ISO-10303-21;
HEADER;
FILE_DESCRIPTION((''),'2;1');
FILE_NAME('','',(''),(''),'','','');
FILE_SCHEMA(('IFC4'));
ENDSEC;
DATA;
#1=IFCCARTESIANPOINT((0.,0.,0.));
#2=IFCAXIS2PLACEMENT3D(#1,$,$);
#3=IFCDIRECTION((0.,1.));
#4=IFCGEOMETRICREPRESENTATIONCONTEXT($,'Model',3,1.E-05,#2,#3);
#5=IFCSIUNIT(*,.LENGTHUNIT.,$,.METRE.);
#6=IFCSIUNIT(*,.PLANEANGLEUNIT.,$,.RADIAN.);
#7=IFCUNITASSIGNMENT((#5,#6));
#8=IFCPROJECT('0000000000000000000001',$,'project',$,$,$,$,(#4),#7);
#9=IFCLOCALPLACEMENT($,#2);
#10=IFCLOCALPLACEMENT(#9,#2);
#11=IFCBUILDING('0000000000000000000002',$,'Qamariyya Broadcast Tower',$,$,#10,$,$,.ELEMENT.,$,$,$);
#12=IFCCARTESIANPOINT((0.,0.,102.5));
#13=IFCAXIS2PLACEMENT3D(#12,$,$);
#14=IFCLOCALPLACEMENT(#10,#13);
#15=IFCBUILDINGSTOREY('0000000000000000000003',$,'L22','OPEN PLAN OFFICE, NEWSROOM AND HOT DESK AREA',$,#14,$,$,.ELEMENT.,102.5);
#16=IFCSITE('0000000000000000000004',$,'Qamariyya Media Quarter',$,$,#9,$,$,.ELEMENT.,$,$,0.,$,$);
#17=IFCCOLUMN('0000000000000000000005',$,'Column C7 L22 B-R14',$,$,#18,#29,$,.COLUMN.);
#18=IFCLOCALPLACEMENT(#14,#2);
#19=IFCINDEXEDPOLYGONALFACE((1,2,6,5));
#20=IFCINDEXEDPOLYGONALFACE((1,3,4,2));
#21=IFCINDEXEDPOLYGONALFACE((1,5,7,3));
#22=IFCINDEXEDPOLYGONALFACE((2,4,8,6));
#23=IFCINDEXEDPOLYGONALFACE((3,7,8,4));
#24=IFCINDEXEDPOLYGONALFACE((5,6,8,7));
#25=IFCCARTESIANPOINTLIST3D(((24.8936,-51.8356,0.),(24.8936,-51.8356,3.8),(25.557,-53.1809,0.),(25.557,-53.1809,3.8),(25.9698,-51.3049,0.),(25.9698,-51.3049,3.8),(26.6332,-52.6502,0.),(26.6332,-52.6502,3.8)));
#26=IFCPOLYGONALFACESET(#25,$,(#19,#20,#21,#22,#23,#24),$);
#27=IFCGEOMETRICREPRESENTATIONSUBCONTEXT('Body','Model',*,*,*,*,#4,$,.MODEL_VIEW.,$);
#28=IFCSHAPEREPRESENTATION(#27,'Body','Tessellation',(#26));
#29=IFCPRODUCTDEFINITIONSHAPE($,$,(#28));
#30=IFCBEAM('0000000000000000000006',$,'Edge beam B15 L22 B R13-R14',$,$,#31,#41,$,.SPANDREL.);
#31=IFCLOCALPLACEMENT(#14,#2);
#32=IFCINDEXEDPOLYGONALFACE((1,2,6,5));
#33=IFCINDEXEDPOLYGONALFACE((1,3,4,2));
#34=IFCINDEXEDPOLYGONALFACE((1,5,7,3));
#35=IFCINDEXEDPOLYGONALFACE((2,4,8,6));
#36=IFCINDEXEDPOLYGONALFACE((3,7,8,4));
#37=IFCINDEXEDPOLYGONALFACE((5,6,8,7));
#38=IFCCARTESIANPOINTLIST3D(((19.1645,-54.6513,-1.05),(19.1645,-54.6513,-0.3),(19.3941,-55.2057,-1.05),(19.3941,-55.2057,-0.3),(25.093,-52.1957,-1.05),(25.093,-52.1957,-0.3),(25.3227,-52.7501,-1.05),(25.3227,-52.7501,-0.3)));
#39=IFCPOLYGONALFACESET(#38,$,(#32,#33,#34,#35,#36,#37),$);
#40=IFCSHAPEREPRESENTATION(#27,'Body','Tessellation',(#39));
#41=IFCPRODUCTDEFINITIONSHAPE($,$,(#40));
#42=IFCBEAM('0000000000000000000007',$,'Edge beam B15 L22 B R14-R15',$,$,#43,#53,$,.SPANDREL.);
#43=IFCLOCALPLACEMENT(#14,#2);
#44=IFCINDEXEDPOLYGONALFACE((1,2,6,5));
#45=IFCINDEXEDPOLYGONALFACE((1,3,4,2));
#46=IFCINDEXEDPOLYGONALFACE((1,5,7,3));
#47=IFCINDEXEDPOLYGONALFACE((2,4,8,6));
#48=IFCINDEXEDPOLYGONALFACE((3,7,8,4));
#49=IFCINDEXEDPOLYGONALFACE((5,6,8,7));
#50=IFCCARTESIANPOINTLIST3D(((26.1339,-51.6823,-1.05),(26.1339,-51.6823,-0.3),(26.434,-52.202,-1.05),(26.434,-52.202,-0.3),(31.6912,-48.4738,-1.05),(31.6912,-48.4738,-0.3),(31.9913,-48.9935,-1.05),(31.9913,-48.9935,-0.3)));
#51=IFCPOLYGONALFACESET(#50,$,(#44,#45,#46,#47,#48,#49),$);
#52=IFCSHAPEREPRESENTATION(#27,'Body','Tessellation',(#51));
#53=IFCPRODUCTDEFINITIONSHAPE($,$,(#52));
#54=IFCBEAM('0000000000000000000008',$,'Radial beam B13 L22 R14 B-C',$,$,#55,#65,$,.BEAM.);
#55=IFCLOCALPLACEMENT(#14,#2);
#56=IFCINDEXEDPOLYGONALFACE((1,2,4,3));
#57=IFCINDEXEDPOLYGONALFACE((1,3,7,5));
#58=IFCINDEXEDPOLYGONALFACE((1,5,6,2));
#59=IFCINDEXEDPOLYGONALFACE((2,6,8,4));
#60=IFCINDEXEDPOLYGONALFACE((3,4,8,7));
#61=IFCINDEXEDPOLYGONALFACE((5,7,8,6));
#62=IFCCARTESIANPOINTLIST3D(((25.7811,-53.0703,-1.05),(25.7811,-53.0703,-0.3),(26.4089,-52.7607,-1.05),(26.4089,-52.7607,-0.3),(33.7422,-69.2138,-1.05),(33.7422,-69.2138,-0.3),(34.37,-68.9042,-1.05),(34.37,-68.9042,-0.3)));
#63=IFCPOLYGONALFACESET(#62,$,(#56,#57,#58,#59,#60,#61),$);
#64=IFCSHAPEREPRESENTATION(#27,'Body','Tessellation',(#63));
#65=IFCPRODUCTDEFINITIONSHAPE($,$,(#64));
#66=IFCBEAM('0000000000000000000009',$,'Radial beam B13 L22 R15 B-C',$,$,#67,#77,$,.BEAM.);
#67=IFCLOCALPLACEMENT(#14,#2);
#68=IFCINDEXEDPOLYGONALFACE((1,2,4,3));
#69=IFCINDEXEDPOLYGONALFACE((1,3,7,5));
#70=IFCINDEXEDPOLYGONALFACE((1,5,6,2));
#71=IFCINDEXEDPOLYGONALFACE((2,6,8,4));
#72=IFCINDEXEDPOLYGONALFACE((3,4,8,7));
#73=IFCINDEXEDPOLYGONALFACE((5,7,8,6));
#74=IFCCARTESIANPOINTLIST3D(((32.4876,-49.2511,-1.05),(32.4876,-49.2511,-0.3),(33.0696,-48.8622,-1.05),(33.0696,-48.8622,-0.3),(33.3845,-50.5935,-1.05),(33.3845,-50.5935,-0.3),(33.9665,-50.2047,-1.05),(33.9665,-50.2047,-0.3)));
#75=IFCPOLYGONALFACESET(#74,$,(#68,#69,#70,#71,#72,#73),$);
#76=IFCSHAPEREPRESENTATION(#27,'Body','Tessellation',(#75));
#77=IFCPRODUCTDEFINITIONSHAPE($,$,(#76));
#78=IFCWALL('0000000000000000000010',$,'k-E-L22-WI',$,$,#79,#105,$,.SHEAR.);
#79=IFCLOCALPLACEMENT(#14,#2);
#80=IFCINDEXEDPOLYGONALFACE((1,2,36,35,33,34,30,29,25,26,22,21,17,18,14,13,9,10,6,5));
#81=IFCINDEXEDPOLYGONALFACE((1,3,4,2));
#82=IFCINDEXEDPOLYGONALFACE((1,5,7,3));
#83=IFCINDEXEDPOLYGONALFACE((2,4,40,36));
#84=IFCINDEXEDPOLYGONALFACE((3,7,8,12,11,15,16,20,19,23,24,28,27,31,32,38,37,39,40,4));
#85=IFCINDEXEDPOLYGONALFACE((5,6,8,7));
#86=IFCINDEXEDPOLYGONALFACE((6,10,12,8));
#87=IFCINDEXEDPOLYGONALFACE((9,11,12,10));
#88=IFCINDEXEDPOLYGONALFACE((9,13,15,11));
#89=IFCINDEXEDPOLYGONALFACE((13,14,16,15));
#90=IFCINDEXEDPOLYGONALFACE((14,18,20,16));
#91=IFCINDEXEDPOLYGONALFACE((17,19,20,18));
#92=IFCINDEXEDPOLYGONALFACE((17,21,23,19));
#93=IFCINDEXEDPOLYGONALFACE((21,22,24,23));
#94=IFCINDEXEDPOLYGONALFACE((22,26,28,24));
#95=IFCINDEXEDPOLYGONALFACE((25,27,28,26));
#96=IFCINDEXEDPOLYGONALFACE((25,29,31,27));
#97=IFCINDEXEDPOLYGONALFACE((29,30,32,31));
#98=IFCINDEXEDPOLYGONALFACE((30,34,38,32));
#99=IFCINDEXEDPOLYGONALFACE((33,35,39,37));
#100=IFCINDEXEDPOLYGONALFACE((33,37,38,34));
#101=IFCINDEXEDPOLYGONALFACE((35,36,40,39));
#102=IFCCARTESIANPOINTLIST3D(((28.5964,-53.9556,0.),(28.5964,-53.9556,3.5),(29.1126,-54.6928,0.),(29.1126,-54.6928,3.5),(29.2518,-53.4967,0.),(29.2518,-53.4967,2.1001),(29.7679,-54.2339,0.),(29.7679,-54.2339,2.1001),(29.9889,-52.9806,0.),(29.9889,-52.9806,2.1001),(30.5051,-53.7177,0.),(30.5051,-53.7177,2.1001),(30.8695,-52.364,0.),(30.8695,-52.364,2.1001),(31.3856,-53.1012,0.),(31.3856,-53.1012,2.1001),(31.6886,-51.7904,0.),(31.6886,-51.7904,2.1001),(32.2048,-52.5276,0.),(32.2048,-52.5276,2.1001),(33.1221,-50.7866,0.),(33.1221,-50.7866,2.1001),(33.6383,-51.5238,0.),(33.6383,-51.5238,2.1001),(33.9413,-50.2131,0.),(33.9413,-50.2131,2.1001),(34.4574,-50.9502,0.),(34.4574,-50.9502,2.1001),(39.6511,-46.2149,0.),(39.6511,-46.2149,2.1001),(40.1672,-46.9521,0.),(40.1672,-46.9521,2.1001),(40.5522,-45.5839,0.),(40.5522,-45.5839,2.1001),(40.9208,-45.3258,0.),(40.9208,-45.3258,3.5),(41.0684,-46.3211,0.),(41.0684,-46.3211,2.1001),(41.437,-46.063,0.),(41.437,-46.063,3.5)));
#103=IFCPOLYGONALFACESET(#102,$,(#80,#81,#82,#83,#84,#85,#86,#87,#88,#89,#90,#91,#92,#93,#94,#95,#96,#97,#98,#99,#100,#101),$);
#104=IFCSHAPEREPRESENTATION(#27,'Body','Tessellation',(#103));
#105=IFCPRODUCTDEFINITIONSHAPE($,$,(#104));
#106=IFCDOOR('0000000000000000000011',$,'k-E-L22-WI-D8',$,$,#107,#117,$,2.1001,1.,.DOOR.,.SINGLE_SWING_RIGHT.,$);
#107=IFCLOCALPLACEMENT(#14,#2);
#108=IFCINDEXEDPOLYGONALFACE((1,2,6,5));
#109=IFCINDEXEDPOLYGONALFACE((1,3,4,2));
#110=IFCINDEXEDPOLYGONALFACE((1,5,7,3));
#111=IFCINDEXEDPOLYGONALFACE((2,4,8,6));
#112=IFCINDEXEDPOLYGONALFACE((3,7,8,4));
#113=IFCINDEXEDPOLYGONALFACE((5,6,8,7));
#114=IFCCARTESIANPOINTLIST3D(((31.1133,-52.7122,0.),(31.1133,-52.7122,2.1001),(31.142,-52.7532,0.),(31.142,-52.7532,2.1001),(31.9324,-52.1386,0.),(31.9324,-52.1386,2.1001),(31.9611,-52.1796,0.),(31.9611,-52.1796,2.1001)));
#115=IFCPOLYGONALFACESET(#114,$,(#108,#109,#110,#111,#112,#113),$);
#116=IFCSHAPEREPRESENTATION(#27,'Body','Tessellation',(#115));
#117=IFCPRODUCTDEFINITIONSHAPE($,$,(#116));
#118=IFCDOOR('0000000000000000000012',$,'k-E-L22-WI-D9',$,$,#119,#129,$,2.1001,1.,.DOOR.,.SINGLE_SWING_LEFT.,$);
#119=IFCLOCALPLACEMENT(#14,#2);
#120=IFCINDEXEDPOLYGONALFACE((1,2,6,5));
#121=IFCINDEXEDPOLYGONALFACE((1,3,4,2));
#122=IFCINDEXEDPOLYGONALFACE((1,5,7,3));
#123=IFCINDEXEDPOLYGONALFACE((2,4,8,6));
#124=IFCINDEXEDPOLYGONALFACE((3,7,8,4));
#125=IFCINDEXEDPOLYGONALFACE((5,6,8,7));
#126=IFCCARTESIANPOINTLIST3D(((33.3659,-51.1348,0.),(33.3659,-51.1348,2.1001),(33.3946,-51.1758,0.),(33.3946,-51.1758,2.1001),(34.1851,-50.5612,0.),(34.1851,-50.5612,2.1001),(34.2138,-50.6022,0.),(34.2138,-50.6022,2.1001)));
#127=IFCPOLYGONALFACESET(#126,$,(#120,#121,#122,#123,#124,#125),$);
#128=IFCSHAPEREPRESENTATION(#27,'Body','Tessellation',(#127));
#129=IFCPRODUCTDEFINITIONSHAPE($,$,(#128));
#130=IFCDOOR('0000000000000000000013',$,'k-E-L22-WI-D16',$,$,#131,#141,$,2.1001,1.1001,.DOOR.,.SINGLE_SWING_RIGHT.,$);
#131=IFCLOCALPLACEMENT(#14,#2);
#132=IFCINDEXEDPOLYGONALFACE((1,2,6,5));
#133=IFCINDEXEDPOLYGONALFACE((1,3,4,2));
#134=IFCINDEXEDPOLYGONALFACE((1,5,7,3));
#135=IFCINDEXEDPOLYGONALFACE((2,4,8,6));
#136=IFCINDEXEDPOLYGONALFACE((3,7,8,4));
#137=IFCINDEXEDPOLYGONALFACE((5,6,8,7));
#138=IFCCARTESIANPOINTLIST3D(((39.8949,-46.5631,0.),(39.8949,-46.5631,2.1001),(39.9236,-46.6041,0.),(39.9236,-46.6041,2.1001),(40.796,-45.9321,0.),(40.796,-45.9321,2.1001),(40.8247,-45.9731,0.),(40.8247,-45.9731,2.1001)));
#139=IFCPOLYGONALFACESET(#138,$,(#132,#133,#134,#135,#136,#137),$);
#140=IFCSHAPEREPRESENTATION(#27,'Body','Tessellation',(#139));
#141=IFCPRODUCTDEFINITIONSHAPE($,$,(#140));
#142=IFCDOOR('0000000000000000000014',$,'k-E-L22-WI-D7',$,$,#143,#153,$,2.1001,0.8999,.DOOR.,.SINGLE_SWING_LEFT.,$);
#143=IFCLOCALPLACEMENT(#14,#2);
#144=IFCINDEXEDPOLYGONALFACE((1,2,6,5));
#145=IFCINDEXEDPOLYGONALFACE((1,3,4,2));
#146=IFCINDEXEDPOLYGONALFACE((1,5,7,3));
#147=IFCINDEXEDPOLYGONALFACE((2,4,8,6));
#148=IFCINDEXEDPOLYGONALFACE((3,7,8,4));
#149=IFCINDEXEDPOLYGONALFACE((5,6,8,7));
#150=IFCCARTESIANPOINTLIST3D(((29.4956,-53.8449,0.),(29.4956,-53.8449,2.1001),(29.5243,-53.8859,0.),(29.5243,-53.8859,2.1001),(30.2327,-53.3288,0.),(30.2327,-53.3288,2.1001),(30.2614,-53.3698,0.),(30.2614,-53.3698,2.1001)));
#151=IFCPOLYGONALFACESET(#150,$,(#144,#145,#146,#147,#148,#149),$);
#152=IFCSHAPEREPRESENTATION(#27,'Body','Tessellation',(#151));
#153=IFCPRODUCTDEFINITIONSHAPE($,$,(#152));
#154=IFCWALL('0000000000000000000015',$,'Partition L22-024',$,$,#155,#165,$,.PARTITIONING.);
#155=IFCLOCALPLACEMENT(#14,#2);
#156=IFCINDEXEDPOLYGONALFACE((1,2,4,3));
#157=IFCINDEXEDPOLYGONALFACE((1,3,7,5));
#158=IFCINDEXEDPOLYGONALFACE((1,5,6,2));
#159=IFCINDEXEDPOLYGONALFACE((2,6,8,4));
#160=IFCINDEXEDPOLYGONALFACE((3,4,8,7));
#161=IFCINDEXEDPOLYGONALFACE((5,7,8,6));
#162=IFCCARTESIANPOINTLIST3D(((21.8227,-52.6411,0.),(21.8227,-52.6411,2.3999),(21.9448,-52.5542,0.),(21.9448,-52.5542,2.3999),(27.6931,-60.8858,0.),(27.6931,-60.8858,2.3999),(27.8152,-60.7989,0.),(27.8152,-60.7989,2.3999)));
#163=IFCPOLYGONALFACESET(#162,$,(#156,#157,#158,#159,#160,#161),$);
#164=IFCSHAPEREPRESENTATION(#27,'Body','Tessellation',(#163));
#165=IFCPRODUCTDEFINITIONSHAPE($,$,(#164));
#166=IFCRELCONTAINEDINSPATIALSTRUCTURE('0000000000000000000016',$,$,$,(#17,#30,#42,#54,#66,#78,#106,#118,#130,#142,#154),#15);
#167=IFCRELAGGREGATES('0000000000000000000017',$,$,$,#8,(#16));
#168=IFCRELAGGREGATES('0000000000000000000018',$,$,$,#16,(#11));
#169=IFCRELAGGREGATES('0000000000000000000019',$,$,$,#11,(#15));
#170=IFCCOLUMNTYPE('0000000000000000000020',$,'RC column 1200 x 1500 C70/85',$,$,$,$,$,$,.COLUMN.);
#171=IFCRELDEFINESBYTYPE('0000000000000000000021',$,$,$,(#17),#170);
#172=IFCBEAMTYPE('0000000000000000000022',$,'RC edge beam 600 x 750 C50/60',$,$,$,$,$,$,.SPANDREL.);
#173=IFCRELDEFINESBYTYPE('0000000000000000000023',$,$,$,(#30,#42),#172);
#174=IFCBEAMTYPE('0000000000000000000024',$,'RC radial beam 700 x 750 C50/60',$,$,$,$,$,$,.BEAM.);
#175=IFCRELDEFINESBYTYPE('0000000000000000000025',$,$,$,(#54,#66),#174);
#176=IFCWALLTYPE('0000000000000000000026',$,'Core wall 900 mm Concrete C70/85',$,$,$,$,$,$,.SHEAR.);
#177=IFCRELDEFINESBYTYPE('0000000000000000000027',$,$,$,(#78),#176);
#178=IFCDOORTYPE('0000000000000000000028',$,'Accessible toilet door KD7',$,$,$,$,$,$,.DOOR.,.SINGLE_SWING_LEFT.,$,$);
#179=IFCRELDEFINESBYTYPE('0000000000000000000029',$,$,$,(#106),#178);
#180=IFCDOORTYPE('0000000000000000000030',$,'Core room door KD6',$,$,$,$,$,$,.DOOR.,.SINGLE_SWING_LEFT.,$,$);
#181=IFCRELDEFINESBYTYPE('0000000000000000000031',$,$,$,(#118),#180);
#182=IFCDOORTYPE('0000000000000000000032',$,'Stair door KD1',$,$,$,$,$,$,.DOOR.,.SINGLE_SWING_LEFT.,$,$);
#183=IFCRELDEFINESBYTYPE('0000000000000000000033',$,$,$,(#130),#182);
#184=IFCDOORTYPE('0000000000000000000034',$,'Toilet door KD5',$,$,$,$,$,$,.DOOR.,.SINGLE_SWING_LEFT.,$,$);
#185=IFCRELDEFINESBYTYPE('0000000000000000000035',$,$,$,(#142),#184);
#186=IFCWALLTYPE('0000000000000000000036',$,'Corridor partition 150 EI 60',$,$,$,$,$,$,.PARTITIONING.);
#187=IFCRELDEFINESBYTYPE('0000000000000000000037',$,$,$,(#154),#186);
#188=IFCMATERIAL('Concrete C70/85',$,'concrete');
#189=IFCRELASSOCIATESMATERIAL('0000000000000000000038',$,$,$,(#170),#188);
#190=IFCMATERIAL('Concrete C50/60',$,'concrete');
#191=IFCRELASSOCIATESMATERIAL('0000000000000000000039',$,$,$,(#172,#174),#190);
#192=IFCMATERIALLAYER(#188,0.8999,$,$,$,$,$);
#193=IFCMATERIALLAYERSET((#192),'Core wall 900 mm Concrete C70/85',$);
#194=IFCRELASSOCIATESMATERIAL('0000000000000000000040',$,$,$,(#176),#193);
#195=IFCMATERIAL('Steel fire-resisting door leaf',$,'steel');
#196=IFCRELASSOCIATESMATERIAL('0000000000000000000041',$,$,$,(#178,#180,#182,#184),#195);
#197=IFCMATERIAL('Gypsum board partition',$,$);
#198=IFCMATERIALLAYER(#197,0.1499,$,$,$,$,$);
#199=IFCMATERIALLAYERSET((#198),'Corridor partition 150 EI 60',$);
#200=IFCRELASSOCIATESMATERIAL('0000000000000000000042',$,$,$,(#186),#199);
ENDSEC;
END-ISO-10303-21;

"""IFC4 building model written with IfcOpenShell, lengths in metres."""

from ifc_helpers import new_model, si_unit, direction, frame, frame_2d, origin, origin_2d, place, context, subcontext, project, spatial, rectangle, extrude, material, layer, layer_set, material_profile, profile_set, type_object, element, fill, save


model = new_model("IFC4")

# Units and contexts
model_context = context("Model", 3, precision=1e-05, world=origin(), true_north=direction((0.0, 1.0)))
body_context = subcontext(model_context, "Body", "Model", "MODEL_VIEW")
ifc_project = project(units=[si_unit("LENGTHUNIT", "METRE"), si_unit("PLANEANGLEUNIT", "RADIAN")], contexts=[model_context])

# Site, building, storey
site_placement = place(None, origin())
site = spatial("IfcSite", under=ifc_project, at=site_placement, Name="Qamariyya Media Quarter", CompositionType="ELEMENT", RefElevation=0.0)
building_placement = place(site_placement, origin())
building = spatial("IfcBuilding", under=site, at=building_placement, Name="Qamariyya Broadcast Tower", CompositionType="ELEMENT")
storey_placement = place(building_placement, frame((0.0, 0.0, 102.5)))
storey = spatial("IfcBuildingStorey", under=building, at=storey_placement, Name="L22", Description="OPEN PLAN OFFICE, NEWSROOM AND HOT DESK AREA", CompositionType="ELEMENT", Elevation=102.5)

# Column
ifc_material_1 = material(Name="Concrete C70/85", Category="concrete")
ifc_material_profile_1 = material_profile(ifc_material_1, rectangle(XDim=1.2, YDim=1.5, at=origin_2d()))
ifc_profile_set_1 = profile_set([ifc_material_profile_1], Name="Concrete C70/85")
column_type = type_object("IfcColumnType", Name="RC column 1200 x 1500 C70/85", PredefinedType="COLUMN", material=ifc_profile_set_1)
column_placement = place(storey_placement, frame((25.7634, -52.2429, 0.0), z_axis=(0.0, 0.0, 1.0), x_axis=(0.896873, 0.442289, 0.0)))
element("IfcColumn", 1, at=column_placement, inside=storey, type_object=column_type, Name="Column C7 L22 B-R14", PredefinedType="COLUMN", context=body_context, shape_type="SweptSolid", body=[
    extrude(rectangle(XDim=1.2, YDim=1.5, at=origin_2d()), origin(), (0.0, 0.0, 1.0), 3.8),
])

# Beams
ifc_material_2 = material(Name="Concrete C50/60", Category="concrete")
ifc_material_profile_2 = material_profile(ifc_material_2, rectangle(XDim=0.6001, YDim=0.75, at=origin_2d()))
ifc_profile_set_2 = profile_set([ifc_material_profile_2], Name="Concrete C50/60")
beam_type_1 = type_object("IfcBeamType", Name="RC edge beam 600 x 750 C50/60", PredefinedType="SPANDREL", material=ifc_profile_set_2)
for number, where, z_axis, x_axis, name in (
    (2, (19.2793, -54.9285, -0.675), (0.923884, 0.382672, 0.0), (-0.382672, 0.923884, 0.0), "Edge beam B15 L22 B R13-R14"),
    (3, (26.2839, -51.9421, -0.675), (0.866029, 0.499994, 0.0), (-0.499994, 0.866029, 0.0), "Edge beam B15 L22 B R14-R15"),
):
    element("IfcBeam", number, at=place(storey_placement, frame(where, z_axis=z_axis, x_axis=x_axis)), inside=storey, type_object=beam_type_1, Name=name, PredefinedType="SPANDREL", context=body_context, shape_type="SweptSolid", body=[
        extrude(rectangle(XDim=0.6001, YDim=0.75, at=origin_2d()), origin(), (0.0, 0.0, 1.0), 6.417),
    ])
ifc_material_profile_3 = material_profile(ifc_material_2, rectangle(XDim=0.7, YDim=0.75, at=origin_2d()))
ifc_profile_set_3 = profile_set([ifc_material_profile_3], Name="Concrete C50/60")
beam_type_2 = type_object("IfcBeamType", Name="RC radial beam 700 x 750 C50/60", PredefinedType="BEAM", material=ifc_profile_set_3)
beam_1_placement = place(storey_placement, frame((26.095, -52.9155, -0.675), z_axis=(0.442291, -0.896871, 0.0), x_axis=(0.896871, 0.442291, 0.0)))
element("IfcBeam", 4, at=beam_1_placement, inside=storey, type_object=beam_type_2, Name="Radial beam B13 L22 R14 B-C", PredefinedType="BEAM", context=body_context, shape_type="SweptSolid", body=[
    extrude(rectangle(XDim=0.7, YDim=0.75, at=origin_2d()), origin(), (0.0, 0.0, 1.0), 17.9998),
])
beam_2_placement = place(storey_placement, frame((32.7786, -49.0566, -0.675), z_axis=(0.555537, -0.831492, 0.0), x_axis=(0.831492, 0.555537, 0.0)))
element("IfcBeam", 5, at=beam_2_placement, inside=storey, type_object=beam_type_2, Name="Radial beam B13 L22 R15 B-C", PredefinedType="BEAM", context=body_context, shape_type="SweptSolid", body=[
    extrude(rectangle(XDim=0.7, YDim=0.75, at=origin_2d()), origin(), (0.0, 0.0, 1.0), 1.6145),
])

# Wall, openings, doors
ifc_layer_1 = layer(ifc_material_1, 0.8999)
ifc_layer_set_1 = layer_set([ifc_layer_1], Name="Core wall 900 mm Concrete C70/85")
wall_type_1 = type_object("IfcWallType", Name="Core wall 900 mm Concrete C70/85", PredefinedType="SHEAR", material=ifc_layer_set_1)
wall_1_placement = place(storey_placement, frame((28.8545, -54.3242, 0.0), z_axis=(0.0, 0.0, 1.0), x_axis=(0.819146, 0.573585, 0.0)))
wall_1 = element("IfcWall", 6, at=wall_1_placement, inside=storey, type_object=wall_type_1, Name="k-E-L22-WI", PredefinedType="SHEAR", context=body_context, shape_type="SweptSolid", body=[
    extrude(rectangle(XDim=15.0454, YDim=0.8999, at=frame_2d((7.5227, 0.0))), origin(), (0.0, 0.0, 1.0), 3.5),
])
opening_1_placement = place(wall_1_placement, frame((0.8, 0.0, 0.0)))
opening_1 = element("IfcOpeningElement", 7, at=opening_1_placement, cuts=wall_1, PredefinedType="OPENING", context=body_context, shape_type="SweptSolid", body=[
    extrude(rectangle(XDim=0.8999, YDim=2.1001, at=frame_2d((0.45, 1.05))), frame((0.0, 0.46, 0.0), z_axis=(0.0, -1.0, 0.0), x_axis=(1.0, 0.0, 0.0)), (0.0, 0.0, 1.0), 0.9199),
])
opening_2_placement = place(wall_1_placement, frame((2.7749, 0.0, 0.0)))
opening_2 = element("IfcOpeningElement", 8, at=opening_2_placement, cuts=wall_1, PredefinedType="OPENING", context=body_context, shape_type="SweptSolid", body=[
    extrude(rectangle(XDim=1.0, YDim=2.1001, at=frame_2d((0.5, 1.05))), frame((0.0, 0.46, 0.0), z_axis=(0.0, -1.0, 0.0), x_axis=(1.0, 0.0, 0.0)), (0.0, 0.0, 1.0), 0.9199),
])
opening_3_placement = place(wall_1_placement, frame((5.5249, 0.0, 0.0)))
opening_3 = element("IfcOpeningElement", 9, at=opening_3_placement, cuts=wall_1, PredefinedType="OPENING", context=body_context, shape_type="SweptSolid", body=[
    extrude(rectangle(XDim=1.0, YDim=2.1001, at=frame_2d((0.5, 1.05))), frame((0.0, 0.46, 0.0), z_axis=(0.0, -1.0, 0.0), x_axis=(1.0, 0.0, 0.0)), (0.0, 0.0, 1.0), 0.9199),
])
opening_4_placement = place(wall_1_placement, frame((13.4954, 0.0, 0.0)))
opening_4 = element("IfcOpeningElement", 10, at=opening_4_placement, cuts=wall_1, PredefinedType="OPENING", context=body_context, shape_type="SweptSolid", body=[
    extrude(rectangle(XDim=1.1001, YDim=2.1001, at=frame_2d((0.55, 1.05))), frame((0.0, 0.46, 0.0), z_axis=(0.0, -1.0, 0.0), x_axis=(1.0, 0.0, 0.0)), (0.0, 0.0, 1.0), 0.9199),
])
ifc_material_3 = material(Name="Steel fire-resisting door leaf", Category="steel")
door_type_1 = type_object("IfcDoorType", Name="Accessible toilet door KD7", OperationType="SINGLE_SWING_LEFT", PredefinedType="DOOR", material=ifc_material_3)
door_1_placement = place(opening_2_placement, origin())
door_1 = element("IfcDoor", 11, at=door_1_placement, inside=storey, type_object=door_type_1, Name="k-E-L22-WI-D8", OperationType="SINGLE_SWING_RIGHT", OverallHeight=2.1001, OverallWidth=1.0, PredefinedType="DOOR", context=body_context, shape_type="SweptSolid", body=[
    extrude(rectangle(XDim=1.0, YDim=2.1001, at=frame_2d((0.5, 1.05))), frame((0.0, 0.0249, 0.0), z_axis=(0.0, -1.0, 0.0), x_axis=(1.0, 0.0, 0.0)), (0.0, 0.0, 1.0), 0.05),
])
fill(opening_2, door_1)
door_type_2 = type_object("IfcDoorType", Name="Core room door KD6", OperationType="SINGLE_SWING_LEFT", PredefinedType="DOOR", material=ifc_material_3)
door_2_placement = place(opening_3_placement, origin())
door_2 = element("IfcDoor", 12, at=door_2_placement, inside=storey, type_object=door_type_2, Name="k-E-L22-WI-D9", OperationType="SINGLE_SWING_LEFT", OverallHeight=2.1001, OverallWidth=1.0, PredefinedType="DOOR", context=body_context, shape_type="SweptSolid", body=[
    extrude(rectangle(XDim=1.0, YDim=2.1001, at=frame_2d((0.5, 1.05))), frame((0.0, 0.0249, 0.0), z_axis=(0.0, -1.0, 0.0), x_axis=(1.0, 0.0, 0.0)), (0.0, 0.0, 1.0), 0.05),
])
fill(opening_3, door_2)
door_type_3 = type_object("IfcDoorType", Name="Stair door KD1", OperationType="SINGLE_SWING_LEFT", PredefinedType="DOOR", material=ifc_material_3)
door_3_placement = place(opening_4_placement, origin())
door_3 = element("IfcDoor", 13, at=door_3_placement, inside=storey, type_object=door_type_3, Name="k-E-L22-WI-D16", OperationType="SINGLE_SWING_RIGHT", OverallHeight=2.1001, OverallWidth=1.1001, PredefinedType="DOOR", context=body_context, shape_type="SweptSolid", body=[
    extrude(rectangle(XDim=1.1001, YDim=2.1001, at=frame_2d((0.55, 1.05))), frame((0.0, 0.0249, 0.0), z_axis=(0.0, -1.0, 0.0), x_axis=(1.0, 0.0, 0.0)), (0.0, 0.0, 1.0), 0.05),
])
fill(opening_4, door_3)
door_type_4 = type_object("IfcDoorType", Name="Toilet door KD5", OperationType="SINGLE_SWING_LEFT", PredefinedType="DOOR", material=ifc_material_3)
door_4_placement = place(opening_1_placement, origin())
door_4 = element("IfcDoor", 14, at=door_4_placement, inside=storey, type_object=door_type_4, Name="k-E-L22-WI-D7", OperationType="SINGLE_SWING_LEFT", OverallHeight=2.1001, OverallWidth=0.8999, PredefinedType="DOOR", context=body_context, shape_type="SweptSolid", body=[
    extrude(rectangle(XDim=0.8999, YDim=2.1001, at=frame_2d((0.45, 1.05))), frame((0.0, 0.0249, 0.0), z_axis=(0.0, -1.0, 0.0), x_axis=(1.0, 0.0, 0.0)), (0.0, 0.0, 1.0), 0.05),
])
fill(opening_1, door_4)

# Wall
ifc_material_4 = material(Name="Gypsum board partition")
ifc_layer_2 = layer(ifc_material_4, 0.1499)
ifc_layer_set_2 = layer_set([ifc_layer_2], Name="Corridor partition 150 EI 60")
wall_type_2 = type_object("IfcWallType", Name="Corridor partition 150 EI 60", PredefinedType="PARTITIONING", material=ifc_layer_set_2)
wall_2_placement = place(storey_placement, frame((21.8838, -52.5977, 0.0), z_axis=(0.0, 0.0, 1.0), x_axis=(0.580017, -0.814605, 0.0)))
element("IfcWall", 15, at=wall_2_placement, inside=storey, type_object=wall_type_2, Name="Partition L22-024", PredefinedType="PARTITIONING", context=body_context, shape_type="SweptSolid", body=[
    extrude(rectangle(XDim=10.1211, YDim=0.1499, at=frame_2d((5.0605, 0.0))), origin(), (0.0, 0.0, 1.0), 2.3999),
])

save(model, "model.ifc")
